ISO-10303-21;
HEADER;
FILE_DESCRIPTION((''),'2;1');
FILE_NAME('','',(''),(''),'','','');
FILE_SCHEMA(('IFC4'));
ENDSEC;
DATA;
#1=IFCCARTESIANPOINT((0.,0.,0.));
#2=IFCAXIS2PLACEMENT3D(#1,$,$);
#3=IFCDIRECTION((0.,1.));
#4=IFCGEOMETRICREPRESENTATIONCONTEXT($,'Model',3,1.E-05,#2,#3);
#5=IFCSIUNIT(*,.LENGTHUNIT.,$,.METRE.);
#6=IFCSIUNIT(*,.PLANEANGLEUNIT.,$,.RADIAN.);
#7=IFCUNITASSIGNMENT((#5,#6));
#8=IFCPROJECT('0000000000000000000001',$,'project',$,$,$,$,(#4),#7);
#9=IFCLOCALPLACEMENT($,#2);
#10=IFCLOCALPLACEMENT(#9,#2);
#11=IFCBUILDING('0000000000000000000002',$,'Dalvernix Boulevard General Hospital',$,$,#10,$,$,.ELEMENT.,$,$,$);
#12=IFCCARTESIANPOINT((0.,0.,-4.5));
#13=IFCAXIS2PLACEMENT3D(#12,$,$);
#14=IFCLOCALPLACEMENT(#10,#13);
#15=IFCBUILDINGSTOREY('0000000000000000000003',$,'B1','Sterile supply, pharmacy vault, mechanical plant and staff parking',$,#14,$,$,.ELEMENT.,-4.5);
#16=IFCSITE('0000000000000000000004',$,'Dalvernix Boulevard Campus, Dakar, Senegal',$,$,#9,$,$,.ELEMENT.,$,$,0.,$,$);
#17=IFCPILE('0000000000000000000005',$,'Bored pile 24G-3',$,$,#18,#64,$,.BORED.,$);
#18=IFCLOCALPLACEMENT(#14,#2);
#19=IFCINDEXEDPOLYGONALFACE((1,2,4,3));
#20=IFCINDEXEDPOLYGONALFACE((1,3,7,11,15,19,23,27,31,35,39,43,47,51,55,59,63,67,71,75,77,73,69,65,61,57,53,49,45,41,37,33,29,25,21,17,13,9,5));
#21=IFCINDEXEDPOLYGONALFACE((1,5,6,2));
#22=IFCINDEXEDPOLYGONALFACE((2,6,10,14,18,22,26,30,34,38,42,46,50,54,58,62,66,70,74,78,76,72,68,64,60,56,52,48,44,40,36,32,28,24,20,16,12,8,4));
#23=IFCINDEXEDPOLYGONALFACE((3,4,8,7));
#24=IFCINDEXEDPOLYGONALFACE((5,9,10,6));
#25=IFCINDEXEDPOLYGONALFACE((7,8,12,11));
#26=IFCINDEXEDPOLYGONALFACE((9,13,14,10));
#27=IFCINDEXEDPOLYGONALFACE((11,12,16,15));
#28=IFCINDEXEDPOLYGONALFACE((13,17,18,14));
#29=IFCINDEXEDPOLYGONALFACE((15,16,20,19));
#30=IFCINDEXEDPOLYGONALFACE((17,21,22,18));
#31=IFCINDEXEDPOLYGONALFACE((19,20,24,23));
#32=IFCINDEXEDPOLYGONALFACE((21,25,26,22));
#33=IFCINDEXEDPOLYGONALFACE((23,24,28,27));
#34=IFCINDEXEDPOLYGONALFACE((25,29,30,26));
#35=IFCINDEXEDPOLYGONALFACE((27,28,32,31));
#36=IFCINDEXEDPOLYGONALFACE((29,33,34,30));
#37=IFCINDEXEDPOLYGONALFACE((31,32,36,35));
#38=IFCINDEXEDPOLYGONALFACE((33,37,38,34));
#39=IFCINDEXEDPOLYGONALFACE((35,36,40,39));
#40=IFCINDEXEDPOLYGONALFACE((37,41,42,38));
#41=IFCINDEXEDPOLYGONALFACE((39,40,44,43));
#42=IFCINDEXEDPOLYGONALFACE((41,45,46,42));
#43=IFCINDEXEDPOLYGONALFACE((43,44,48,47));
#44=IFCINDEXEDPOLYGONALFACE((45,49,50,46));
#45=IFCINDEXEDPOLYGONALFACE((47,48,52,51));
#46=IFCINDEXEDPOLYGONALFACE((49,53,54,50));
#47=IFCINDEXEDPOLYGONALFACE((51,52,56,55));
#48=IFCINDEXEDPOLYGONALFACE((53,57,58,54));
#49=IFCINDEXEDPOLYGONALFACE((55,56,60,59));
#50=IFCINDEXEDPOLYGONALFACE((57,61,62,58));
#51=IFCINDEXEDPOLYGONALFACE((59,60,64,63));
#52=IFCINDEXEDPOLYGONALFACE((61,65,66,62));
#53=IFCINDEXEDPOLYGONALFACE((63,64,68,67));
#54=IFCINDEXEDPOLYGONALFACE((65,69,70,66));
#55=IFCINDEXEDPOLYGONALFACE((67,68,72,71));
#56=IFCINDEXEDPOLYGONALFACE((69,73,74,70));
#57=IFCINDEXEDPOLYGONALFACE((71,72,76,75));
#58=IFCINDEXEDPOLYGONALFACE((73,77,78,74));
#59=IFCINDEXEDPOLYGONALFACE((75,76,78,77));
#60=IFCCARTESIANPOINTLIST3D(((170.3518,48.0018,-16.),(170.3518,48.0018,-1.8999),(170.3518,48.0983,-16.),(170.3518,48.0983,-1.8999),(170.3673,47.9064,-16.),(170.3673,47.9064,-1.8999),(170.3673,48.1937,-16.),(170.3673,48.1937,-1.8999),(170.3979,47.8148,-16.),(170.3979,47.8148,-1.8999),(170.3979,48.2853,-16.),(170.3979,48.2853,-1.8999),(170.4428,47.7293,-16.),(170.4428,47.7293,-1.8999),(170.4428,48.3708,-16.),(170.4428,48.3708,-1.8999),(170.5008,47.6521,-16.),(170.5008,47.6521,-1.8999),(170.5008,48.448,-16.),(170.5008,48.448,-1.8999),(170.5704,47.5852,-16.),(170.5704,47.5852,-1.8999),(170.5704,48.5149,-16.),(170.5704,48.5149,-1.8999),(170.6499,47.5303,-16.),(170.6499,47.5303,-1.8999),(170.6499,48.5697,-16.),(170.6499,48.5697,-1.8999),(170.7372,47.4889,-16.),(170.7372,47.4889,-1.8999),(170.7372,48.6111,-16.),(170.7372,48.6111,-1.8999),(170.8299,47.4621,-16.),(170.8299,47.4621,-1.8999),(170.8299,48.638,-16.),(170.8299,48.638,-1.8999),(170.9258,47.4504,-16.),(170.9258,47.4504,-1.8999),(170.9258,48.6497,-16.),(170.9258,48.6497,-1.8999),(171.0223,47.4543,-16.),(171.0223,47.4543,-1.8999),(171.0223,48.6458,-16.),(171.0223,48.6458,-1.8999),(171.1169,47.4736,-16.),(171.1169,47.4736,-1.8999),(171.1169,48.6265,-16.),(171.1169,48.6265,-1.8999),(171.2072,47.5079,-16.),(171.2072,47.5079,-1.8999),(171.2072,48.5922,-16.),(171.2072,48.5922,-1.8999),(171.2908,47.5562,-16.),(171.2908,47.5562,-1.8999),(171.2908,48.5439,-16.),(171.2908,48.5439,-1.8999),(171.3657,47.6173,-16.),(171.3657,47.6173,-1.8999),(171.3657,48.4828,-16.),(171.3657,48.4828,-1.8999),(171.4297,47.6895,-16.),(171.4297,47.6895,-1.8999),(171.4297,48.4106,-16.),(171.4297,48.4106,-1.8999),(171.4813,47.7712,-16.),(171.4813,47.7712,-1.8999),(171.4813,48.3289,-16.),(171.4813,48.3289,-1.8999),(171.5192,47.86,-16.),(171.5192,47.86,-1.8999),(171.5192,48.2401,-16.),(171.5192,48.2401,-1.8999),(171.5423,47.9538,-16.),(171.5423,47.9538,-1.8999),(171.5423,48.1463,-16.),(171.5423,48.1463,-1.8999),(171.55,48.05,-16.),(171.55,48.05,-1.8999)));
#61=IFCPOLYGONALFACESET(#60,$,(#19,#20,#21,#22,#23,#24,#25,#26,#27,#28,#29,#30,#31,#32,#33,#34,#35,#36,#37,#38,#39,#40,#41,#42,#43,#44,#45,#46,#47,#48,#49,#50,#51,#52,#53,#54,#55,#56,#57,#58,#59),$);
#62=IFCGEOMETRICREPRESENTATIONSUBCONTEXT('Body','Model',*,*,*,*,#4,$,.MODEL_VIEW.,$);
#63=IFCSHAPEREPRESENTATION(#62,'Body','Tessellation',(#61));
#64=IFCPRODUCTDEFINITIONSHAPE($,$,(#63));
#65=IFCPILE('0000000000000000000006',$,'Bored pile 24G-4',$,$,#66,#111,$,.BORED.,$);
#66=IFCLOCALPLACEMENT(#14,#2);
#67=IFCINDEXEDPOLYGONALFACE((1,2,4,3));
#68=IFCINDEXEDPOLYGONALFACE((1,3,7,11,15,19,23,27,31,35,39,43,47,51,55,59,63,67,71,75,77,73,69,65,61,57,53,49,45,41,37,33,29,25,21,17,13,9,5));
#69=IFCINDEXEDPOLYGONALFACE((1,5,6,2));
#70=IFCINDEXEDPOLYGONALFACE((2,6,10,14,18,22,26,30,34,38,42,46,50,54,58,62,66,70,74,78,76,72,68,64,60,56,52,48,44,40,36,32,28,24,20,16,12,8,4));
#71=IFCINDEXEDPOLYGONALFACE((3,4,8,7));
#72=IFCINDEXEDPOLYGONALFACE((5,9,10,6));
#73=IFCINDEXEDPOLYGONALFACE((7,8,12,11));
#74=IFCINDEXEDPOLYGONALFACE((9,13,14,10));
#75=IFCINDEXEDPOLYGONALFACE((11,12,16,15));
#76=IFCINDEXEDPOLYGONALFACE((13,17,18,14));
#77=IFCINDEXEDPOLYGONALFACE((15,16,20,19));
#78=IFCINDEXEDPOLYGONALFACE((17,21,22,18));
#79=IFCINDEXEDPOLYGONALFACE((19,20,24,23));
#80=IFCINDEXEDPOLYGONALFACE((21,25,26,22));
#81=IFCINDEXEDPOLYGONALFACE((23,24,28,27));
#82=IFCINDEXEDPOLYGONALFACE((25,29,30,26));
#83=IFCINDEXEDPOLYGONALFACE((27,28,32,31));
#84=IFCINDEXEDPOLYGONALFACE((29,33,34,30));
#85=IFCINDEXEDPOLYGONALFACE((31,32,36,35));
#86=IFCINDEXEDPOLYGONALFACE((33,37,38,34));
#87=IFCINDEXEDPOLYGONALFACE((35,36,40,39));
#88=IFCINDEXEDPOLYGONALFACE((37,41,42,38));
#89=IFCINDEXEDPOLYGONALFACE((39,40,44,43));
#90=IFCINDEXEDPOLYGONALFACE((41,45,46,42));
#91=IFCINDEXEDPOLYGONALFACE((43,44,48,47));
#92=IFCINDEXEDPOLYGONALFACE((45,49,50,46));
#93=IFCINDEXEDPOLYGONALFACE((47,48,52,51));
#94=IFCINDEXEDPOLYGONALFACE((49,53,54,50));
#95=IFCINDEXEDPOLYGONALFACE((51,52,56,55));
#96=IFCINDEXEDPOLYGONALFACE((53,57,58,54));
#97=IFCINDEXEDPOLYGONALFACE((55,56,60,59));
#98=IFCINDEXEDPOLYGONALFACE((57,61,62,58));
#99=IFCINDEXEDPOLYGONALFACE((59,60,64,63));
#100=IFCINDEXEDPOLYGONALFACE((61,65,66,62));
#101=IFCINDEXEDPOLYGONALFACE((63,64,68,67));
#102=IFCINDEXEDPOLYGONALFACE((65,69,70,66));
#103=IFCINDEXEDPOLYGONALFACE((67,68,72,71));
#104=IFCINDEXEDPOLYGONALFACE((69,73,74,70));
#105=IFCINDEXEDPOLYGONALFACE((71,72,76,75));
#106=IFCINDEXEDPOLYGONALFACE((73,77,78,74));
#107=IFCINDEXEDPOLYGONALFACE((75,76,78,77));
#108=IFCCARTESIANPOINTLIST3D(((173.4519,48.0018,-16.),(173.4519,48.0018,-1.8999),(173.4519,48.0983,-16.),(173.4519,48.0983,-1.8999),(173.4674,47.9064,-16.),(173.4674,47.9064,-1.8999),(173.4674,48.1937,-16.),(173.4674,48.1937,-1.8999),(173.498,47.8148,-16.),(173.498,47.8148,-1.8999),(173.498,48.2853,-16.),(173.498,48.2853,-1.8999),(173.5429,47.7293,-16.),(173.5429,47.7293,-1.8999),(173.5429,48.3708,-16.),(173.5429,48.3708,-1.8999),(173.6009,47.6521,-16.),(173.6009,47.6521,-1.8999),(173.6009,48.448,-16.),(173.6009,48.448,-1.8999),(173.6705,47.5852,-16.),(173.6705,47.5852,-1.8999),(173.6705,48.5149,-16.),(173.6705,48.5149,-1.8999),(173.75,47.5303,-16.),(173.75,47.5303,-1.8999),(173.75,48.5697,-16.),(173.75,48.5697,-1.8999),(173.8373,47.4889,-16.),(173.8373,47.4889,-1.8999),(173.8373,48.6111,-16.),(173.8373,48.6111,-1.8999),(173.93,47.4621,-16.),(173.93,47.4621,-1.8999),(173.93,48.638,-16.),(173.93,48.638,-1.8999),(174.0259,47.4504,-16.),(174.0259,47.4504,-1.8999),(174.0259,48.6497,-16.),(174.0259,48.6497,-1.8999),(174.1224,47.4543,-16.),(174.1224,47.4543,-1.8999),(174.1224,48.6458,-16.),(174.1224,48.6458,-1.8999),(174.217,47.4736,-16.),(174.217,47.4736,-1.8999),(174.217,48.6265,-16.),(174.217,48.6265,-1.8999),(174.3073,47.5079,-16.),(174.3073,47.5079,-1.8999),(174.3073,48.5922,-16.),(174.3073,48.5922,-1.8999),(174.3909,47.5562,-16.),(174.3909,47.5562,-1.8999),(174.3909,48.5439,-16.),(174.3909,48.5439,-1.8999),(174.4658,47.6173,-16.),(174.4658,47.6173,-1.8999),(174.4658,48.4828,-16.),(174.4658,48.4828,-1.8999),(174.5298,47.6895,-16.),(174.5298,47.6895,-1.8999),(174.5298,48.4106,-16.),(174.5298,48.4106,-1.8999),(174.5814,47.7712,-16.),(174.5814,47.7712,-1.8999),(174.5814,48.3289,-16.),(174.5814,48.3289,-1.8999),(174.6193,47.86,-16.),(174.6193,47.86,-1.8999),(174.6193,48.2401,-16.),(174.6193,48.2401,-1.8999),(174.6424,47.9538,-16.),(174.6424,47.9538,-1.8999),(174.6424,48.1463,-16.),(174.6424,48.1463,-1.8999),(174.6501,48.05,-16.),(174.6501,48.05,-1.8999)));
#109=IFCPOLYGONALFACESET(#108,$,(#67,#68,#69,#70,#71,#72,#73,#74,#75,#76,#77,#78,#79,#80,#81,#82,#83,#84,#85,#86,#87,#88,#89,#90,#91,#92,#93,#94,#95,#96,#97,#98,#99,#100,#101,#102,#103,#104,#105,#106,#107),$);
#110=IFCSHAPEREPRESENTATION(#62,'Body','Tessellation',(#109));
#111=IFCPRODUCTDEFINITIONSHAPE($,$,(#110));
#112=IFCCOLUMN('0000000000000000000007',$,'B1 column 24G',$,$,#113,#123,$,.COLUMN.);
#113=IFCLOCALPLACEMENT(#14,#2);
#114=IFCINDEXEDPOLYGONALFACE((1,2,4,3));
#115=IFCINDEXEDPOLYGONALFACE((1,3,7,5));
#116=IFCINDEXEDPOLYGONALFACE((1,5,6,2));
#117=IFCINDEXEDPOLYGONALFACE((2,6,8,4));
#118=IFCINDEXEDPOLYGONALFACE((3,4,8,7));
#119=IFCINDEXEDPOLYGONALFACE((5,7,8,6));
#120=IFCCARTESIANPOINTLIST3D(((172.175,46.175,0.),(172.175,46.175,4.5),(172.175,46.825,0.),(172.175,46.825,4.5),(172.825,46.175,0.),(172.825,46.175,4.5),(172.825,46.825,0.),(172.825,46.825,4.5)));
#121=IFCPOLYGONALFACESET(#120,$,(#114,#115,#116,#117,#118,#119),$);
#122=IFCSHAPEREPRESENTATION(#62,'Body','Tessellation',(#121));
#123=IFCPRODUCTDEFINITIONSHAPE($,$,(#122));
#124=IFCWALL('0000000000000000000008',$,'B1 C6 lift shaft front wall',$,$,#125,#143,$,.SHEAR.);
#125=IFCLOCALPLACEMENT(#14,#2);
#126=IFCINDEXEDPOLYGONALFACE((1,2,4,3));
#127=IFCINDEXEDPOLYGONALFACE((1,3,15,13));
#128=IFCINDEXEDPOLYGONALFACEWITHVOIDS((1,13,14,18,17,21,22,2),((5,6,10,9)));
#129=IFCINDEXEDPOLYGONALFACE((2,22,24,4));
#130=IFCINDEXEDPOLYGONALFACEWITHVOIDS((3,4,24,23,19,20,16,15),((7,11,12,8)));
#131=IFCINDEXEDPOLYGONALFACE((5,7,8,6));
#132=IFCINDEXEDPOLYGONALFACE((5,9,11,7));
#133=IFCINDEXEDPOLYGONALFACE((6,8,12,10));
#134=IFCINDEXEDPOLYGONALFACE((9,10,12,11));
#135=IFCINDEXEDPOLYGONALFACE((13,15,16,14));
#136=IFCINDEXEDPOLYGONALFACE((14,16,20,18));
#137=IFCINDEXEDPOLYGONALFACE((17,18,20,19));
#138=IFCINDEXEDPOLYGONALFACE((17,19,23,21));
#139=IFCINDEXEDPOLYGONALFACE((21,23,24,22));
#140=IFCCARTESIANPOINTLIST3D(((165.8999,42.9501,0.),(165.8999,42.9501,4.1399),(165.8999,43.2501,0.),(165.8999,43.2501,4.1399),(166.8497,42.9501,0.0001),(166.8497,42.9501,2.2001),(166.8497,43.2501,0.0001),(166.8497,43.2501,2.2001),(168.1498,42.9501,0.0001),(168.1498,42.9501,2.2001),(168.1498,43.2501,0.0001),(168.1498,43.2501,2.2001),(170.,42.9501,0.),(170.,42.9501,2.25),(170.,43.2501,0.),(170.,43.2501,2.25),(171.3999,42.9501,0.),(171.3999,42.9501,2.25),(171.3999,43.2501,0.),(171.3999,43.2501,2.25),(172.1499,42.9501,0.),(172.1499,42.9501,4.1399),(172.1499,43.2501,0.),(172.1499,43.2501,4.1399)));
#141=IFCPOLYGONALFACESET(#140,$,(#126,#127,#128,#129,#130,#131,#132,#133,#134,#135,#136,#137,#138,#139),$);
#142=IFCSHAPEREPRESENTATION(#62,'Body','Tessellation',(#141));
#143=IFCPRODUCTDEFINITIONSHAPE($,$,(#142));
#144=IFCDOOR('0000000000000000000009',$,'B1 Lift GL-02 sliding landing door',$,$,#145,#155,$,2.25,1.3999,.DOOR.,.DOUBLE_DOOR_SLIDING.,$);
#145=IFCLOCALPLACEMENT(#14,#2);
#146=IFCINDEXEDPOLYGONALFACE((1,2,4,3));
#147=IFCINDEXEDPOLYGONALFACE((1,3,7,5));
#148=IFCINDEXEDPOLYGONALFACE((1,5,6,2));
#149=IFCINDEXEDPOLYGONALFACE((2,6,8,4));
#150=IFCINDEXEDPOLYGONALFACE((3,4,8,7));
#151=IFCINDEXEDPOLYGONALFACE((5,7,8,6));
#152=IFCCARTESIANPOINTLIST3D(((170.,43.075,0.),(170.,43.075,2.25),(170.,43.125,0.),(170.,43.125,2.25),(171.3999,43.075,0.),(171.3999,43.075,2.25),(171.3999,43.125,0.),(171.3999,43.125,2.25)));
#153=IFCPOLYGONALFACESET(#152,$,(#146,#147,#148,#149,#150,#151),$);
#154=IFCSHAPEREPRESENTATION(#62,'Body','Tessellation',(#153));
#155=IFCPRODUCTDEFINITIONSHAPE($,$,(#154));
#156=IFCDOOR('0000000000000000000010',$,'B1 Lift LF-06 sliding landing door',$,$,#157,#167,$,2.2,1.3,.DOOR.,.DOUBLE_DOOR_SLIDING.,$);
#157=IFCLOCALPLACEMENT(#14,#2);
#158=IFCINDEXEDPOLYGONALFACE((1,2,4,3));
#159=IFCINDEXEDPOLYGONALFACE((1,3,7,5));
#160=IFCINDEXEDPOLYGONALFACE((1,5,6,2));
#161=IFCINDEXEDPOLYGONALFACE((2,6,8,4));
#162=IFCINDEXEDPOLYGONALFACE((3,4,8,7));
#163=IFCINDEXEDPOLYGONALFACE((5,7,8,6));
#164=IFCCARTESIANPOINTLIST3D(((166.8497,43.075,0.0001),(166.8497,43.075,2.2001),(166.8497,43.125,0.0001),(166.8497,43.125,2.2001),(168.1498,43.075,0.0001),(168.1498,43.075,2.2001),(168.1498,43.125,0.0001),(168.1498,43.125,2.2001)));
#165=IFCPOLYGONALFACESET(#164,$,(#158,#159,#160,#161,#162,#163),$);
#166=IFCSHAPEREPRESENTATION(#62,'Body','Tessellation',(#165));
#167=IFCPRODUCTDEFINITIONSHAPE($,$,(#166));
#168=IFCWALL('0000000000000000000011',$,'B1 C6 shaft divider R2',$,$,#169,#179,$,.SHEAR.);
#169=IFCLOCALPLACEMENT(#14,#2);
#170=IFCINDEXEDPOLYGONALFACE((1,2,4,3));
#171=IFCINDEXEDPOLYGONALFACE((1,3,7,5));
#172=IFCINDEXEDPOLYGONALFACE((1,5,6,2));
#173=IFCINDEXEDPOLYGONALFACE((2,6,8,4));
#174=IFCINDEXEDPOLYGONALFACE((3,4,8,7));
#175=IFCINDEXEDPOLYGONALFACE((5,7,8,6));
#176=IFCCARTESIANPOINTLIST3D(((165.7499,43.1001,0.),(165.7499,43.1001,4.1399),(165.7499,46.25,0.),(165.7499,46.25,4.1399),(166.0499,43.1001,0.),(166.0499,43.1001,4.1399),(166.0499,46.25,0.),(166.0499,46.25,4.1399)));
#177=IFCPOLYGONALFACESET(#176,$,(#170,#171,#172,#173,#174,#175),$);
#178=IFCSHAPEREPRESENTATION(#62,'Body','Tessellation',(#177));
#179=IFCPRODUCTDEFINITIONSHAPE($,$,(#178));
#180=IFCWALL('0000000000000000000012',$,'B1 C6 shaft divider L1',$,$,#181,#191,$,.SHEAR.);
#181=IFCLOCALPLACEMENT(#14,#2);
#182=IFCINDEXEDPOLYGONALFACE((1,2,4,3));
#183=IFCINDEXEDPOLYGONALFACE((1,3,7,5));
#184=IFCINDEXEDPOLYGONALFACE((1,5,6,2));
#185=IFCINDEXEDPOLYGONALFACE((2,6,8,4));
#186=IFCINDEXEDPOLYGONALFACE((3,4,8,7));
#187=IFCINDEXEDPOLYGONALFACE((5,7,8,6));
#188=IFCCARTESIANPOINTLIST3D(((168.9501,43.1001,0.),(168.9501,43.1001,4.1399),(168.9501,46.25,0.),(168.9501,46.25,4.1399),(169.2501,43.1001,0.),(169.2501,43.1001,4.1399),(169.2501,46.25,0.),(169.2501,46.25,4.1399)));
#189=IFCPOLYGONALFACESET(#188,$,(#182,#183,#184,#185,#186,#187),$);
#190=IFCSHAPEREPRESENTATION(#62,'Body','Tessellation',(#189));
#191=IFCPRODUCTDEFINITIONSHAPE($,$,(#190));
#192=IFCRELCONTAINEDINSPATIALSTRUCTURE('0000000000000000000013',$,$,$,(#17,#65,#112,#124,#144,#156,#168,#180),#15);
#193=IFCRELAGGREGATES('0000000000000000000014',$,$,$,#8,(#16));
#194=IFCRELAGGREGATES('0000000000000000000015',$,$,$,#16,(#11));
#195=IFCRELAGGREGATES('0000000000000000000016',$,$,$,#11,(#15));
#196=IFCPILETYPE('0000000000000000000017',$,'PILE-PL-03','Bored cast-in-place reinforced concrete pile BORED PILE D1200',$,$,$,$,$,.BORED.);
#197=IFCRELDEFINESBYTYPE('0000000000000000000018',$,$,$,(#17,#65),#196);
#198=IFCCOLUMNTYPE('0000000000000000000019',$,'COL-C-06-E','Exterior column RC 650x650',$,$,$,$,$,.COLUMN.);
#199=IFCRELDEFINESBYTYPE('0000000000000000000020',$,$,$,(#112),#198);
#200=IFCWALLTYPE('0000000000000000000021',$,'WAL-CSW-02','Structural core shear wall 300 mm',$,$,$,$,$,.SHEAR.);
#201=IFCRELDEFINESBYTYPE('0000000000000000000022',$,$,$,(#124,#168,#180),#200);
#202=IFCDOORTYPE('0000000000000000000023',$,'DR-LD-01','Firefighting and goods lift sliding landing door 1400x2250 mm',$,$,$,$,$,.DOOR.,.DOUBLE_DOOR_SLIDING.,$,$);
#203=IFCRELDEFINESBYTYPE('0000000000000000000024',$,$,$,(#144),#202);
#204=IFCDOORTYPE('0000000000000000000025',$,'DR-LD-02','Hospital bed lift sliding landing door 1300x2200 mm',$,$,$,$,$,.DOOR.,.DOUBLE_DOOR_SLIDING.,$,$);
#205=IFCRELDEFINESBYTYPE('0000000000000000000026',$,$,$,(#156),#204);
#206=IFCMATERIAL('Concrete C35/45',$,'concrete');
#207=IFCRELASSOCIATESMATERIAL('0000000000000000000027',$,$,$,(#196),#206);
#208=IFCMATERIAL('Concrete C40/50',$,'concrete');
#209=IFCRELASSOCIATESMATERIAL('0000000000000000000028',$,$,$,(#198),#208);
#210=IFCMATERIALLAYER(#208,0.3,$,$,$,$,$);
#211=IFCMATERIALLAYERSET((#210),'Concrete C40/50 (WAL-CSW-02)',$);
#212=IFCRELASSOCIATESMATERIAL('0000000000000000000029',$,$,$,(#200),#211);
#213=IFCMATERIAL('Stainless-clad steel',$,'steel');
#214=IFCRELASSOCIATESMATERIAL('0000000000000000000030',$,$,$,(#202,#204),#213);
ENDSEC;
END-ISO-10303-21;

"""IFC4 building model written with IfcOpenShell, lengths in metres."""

from ifc_helpers import new_model, si_unit, direction, frame, frame_2d, origin, origin_2d, place, context, subcontext, project, spatial, rectangle, circle, extrude, material, layer, layer_set, material_profile, profile_set, type_object, element, fill, save


model = new_model("IFC4")

# Units and contexts
model_context = context("Model", 3, precision=1e-05, world=origin(), true_north=direction((0.0, 1.0)))
body_context = subcontext(model_context, "Body", "Model", "MODEL_VIEW")
ifc_project = project(units=[si_unit("LENGTHUNIT", "METRE"), si_unit("PLANEANGLEUNIT", "RADIAN")], contexts=[model_context])

# Site, building, storey
site_placement = place(None, origin())
site = spatial("IfcSite", under=ifc_project, at=site_placement, Name="Dalvernix Boulevard Campus, Dakar, Senegal", CompositionType="ELEMENT", RefElevation=0.0)
building_placement = place(site_placement, origin())
building = spatial("IfcBuilding", under=site, at=building_placement, Name="Dalvernix Boulevard General Hospital", CompositionType="ELEMENT")
storey_placement = place(building_placement, frame((0.0, 0.0, -4.5)))
storey = spatial("IfcBuildingStorey", under=building, at=storey_placement, Name="B1", Description="Sterile supply, pharmacy vault, mechanical plant and staff parking", CompositionType="ELEMENT", Elevation=-4.5)

# Shared definitions
ifc_material_1 = material(Name="Concrete C35/45", Category="concrete")
ifc_material_2 = material(Name="Concrete C40/50", Category="concrete")

# Piles
ifc_material_profile_1 = material_profile(ifc_material_1, circle(Radius=0.6001, at=origin_2d()), Name="BORED PILE D1200")
ifc_profile_set_1 = profile_set([ifc_material_profile_1], Name="Concrete C35/45")
pile_type = type_object("IfcPileType", Name="PILE-PL-03", Description="Bored cast-in-place reinforced concrete pile BORED PILE D1200", PredefinedType="BORED", material=ifc_profile_set_1)
for number, where, z_axis, x_axis, name in (
    (1, (170.95, 48.05, -1.8999), (0.0, 0.0, -1.0), (1.0, 0.0, 0.0), "Bored pile 24G-3"),
    (2, (174.05, 48.05, -1.8999), (0.0, 0.0, -1.0), (1.0, 0.0, 0.0), "Bored pile 24G-4"),
):
    element("IfcPile", number, at=place(storey_placement, frame(where, z_axis=z_axis, x_axis=x_axis)), inside=storey, type_object=pile_type, Name=name, PredefinedType="BORED", context=body_context, shape_type="SweptSolid", body=[
        extrude(circle(Radius=0.6001, at=origin_2d()), origin(), (0.0, 0.0, 1.0), 14.1001),
    ])

# Column
ifc_material_profile_2 = material_profile(ifc_material_2, rectangle(XDim=0.6499, YDim=0.6499, at=origin_2d()), Name="RC 650x650")
ifc_profile_set_2 = profile_set([ifc_material_profile_2], Name="Concrete C40/50")
column_type = type_object("IfcColumnType", Name="COL-C-06-E", Description="Exterior column RC 650x650", PredefinedType="COLUMN", material=ifc_profile_set_2)
column_placement = place(storey_placement, frame((172.5, 46.5, 0.0), z_axis=(0.0, 0.0, 1.0), x_axis=(1.0, 0.0, 0.0)))
element("IfcColumn", 3, at=column_placement, inside=storey, type_object=column_type, Name="B1 column 24G", PredefinedType="COLUMN", context=body_context, shape_type="SweptSolid", body=[
    extrude(rectangle(XDim=0.6499, YDim=0.6499, at=origin_2d()), origin(), (0.0, 0.0, 1.0), 4.5),
])

# Wall, openings, doors
ifc_layer_1 = layer(ifc_material_2, 0.3)
ifc_layer_set_1 = layer_set([ifc_layer_1], Name="Concrete C40/50 (WAL-CSW-02)")
wall_type_1 = type_object("IfcWallType", Name="WAL-CSW-02", Description="Structural core shear wall 300 mm", PredefinedType="SHEAR", material=ifc_layer_set_1)
wall_1_placement = place(storey_placement, frame((165.8999, 43.1001, 0.0), z_axis=(0.0, 0.0, 1.0), x_axis=(1.0, 0.0, 0.0)))
wall_1 = element("IfcWall", 4, at=wall_1_placement, inside=storey, type_object=wall_type_1, Name="B1 C6 lift shaft front wall", PredefinedType="SHEAR", context=body_context, shape_type="SweptSolid", body=[
    extrude(rectangle(XDim=6.25, YDim=0.3, at=frame_2d((3.125, 0.0))), origin(), (0.0, 0.0, 1.0), 4.1399),
])
opening_1_placement = place(wall_1_placement, frame((0.95, 0.0, 0.0)))
opening_1 = element("IfcOpeningElement", 5, at=opening_1_placement, cuts=wall_1, PredefinedType="OPENING", context=body_context, shape_type="SweptSolid", body=[
    extrude(rectangle(XDim=1.3, YDim=2.2, at=frame_2d((0.6499, 1.1001))), frame((0.0, 0.1599, 0.0), z_axis=(0.0, -1.0, 0.0), x_axis=(1.0, 0.0, 0.0)), (0.0, 0.0, 1.0), 0.3201),
])
opening_2_placement = place(wall_1_placement, frame((4.1001, 0.0, 0.0)))
opening_2 = element("IfcOpeningElement", 6, at=opening_2_placement, cuts=wall_1, PredefinedType="OPENING", context=body_context, shape_type="SweptSolid", body=[
    extrude(rectangle(XDim=1.3999, YDim=2.25, at=frame_2d((0.7, 1.125))), frame((0.0, 0.1599, 0.0), z_axis=(0.0, -1.0, 0.0), x_axis=(1.0, 0.0, 0.0)), (0.0, 0.0, 1.0), 0.3201),
])
ifc_material_3 = material(Name="Stainless-clad steel", Category="steel")
door_type_1 = type_object("IfcDoorType", Name="DR-LD-01", Description="Firefighting and goods lift sliding landing door 1400x2250 mm", OperationType="DOUBLE_DOOR_SLIDING", PredefinedType="DOOR", material=ifc_material_3)
door_1_placement = place(opening_2_placement, origin())
door_1 = element("IfcDoor", 7, at=door_1_placement, inside=storey, type_object=door_type_1, Name="B1 Lift GL-02 sliding landing door", OperationType="DOUBLE_DOOR_SLIDING", OverallHeight=2.25, OverallWidth=1.3999, PredefinedType="DOOR", context=body_context, shape_type="SweptSolid", body=[
    extrude(rectangle(XDim=1.3999, YDim=2.25, at=frame_2d((0.7, 1.125))), frame((0.0, 0.0249, 0.0), z_axis=(0.0, -1.0, 0.0), x_axis=(1.0, 0.0, 0.0)), (0.0, 0.0, 1.0), 0.05),
])
fill(opening_2, door_1)
door_type_2 = type_object("IfcDoorType", Name="DR-LD-02", Description="Hospital bed lift sliding landing door 1300x2200 mm", OperationType="DOUBLE_DOOR_SLIDING", PredefinedType="DOOR", material=ifc_material_3)
door_2_placement = place(opening_1_placement, origin())
door_2 = element("IfcDoor", 8, at=door_2_placement, inside=storey, type_object=door_type_2, Name="B1 Lift LF-06 sliding landing door", OperationType="DOUBLE_DOOR_SLIDING", OverallHeight=2.2, OverallWidth=1.3, PredefinedType="DOOR", context=body_context, shape_type="SweptSolid", body=[
    extrude(rectangle(XDim=1.3, YDim=2.2, at=frame_2d((0.6499, 1.1001))), frame((0.0, 0.0249, 0.0), z_axis=(0.0, -1.0, 0.0), x_axis=(1.0, 0.0, 0.0)), (0.0, 0.0, 1.0), 0.05),
])
fill(opening_1, door_2)

# Walls
for number, where, z_axis, x_axis, name in (
    (9, (165.8999, 43.1001, 0.0), (0.0, 0.0, 1.0), (0.0, 1.0, 0.0), "B1 C6 shaft divider R2"),
    (10, (169.1001, 43.1001, 0.0), (0.0, 0.0, 1.0), (0.0, 1.0, 0.0), "B1 C6 shaft divider L1"),
):
    element("IfcWall", number, at=place(storey_placement, frame(where, z_axis=z_axis, x_axis=x_axis)), inside=storey, type_object=wall_type_1, Name=name, PredefinedType="SHEAR", context=body_context, shape_type="SweptSolid", body=[
        extrude(rectangle(XDim=3.1499, YDim=0.3, at=frame_2d((1.575, 0.0))), origin(), (0.0, 0.0, 1.0), 4.1399),
    ])

save(model, "model.ifc")
